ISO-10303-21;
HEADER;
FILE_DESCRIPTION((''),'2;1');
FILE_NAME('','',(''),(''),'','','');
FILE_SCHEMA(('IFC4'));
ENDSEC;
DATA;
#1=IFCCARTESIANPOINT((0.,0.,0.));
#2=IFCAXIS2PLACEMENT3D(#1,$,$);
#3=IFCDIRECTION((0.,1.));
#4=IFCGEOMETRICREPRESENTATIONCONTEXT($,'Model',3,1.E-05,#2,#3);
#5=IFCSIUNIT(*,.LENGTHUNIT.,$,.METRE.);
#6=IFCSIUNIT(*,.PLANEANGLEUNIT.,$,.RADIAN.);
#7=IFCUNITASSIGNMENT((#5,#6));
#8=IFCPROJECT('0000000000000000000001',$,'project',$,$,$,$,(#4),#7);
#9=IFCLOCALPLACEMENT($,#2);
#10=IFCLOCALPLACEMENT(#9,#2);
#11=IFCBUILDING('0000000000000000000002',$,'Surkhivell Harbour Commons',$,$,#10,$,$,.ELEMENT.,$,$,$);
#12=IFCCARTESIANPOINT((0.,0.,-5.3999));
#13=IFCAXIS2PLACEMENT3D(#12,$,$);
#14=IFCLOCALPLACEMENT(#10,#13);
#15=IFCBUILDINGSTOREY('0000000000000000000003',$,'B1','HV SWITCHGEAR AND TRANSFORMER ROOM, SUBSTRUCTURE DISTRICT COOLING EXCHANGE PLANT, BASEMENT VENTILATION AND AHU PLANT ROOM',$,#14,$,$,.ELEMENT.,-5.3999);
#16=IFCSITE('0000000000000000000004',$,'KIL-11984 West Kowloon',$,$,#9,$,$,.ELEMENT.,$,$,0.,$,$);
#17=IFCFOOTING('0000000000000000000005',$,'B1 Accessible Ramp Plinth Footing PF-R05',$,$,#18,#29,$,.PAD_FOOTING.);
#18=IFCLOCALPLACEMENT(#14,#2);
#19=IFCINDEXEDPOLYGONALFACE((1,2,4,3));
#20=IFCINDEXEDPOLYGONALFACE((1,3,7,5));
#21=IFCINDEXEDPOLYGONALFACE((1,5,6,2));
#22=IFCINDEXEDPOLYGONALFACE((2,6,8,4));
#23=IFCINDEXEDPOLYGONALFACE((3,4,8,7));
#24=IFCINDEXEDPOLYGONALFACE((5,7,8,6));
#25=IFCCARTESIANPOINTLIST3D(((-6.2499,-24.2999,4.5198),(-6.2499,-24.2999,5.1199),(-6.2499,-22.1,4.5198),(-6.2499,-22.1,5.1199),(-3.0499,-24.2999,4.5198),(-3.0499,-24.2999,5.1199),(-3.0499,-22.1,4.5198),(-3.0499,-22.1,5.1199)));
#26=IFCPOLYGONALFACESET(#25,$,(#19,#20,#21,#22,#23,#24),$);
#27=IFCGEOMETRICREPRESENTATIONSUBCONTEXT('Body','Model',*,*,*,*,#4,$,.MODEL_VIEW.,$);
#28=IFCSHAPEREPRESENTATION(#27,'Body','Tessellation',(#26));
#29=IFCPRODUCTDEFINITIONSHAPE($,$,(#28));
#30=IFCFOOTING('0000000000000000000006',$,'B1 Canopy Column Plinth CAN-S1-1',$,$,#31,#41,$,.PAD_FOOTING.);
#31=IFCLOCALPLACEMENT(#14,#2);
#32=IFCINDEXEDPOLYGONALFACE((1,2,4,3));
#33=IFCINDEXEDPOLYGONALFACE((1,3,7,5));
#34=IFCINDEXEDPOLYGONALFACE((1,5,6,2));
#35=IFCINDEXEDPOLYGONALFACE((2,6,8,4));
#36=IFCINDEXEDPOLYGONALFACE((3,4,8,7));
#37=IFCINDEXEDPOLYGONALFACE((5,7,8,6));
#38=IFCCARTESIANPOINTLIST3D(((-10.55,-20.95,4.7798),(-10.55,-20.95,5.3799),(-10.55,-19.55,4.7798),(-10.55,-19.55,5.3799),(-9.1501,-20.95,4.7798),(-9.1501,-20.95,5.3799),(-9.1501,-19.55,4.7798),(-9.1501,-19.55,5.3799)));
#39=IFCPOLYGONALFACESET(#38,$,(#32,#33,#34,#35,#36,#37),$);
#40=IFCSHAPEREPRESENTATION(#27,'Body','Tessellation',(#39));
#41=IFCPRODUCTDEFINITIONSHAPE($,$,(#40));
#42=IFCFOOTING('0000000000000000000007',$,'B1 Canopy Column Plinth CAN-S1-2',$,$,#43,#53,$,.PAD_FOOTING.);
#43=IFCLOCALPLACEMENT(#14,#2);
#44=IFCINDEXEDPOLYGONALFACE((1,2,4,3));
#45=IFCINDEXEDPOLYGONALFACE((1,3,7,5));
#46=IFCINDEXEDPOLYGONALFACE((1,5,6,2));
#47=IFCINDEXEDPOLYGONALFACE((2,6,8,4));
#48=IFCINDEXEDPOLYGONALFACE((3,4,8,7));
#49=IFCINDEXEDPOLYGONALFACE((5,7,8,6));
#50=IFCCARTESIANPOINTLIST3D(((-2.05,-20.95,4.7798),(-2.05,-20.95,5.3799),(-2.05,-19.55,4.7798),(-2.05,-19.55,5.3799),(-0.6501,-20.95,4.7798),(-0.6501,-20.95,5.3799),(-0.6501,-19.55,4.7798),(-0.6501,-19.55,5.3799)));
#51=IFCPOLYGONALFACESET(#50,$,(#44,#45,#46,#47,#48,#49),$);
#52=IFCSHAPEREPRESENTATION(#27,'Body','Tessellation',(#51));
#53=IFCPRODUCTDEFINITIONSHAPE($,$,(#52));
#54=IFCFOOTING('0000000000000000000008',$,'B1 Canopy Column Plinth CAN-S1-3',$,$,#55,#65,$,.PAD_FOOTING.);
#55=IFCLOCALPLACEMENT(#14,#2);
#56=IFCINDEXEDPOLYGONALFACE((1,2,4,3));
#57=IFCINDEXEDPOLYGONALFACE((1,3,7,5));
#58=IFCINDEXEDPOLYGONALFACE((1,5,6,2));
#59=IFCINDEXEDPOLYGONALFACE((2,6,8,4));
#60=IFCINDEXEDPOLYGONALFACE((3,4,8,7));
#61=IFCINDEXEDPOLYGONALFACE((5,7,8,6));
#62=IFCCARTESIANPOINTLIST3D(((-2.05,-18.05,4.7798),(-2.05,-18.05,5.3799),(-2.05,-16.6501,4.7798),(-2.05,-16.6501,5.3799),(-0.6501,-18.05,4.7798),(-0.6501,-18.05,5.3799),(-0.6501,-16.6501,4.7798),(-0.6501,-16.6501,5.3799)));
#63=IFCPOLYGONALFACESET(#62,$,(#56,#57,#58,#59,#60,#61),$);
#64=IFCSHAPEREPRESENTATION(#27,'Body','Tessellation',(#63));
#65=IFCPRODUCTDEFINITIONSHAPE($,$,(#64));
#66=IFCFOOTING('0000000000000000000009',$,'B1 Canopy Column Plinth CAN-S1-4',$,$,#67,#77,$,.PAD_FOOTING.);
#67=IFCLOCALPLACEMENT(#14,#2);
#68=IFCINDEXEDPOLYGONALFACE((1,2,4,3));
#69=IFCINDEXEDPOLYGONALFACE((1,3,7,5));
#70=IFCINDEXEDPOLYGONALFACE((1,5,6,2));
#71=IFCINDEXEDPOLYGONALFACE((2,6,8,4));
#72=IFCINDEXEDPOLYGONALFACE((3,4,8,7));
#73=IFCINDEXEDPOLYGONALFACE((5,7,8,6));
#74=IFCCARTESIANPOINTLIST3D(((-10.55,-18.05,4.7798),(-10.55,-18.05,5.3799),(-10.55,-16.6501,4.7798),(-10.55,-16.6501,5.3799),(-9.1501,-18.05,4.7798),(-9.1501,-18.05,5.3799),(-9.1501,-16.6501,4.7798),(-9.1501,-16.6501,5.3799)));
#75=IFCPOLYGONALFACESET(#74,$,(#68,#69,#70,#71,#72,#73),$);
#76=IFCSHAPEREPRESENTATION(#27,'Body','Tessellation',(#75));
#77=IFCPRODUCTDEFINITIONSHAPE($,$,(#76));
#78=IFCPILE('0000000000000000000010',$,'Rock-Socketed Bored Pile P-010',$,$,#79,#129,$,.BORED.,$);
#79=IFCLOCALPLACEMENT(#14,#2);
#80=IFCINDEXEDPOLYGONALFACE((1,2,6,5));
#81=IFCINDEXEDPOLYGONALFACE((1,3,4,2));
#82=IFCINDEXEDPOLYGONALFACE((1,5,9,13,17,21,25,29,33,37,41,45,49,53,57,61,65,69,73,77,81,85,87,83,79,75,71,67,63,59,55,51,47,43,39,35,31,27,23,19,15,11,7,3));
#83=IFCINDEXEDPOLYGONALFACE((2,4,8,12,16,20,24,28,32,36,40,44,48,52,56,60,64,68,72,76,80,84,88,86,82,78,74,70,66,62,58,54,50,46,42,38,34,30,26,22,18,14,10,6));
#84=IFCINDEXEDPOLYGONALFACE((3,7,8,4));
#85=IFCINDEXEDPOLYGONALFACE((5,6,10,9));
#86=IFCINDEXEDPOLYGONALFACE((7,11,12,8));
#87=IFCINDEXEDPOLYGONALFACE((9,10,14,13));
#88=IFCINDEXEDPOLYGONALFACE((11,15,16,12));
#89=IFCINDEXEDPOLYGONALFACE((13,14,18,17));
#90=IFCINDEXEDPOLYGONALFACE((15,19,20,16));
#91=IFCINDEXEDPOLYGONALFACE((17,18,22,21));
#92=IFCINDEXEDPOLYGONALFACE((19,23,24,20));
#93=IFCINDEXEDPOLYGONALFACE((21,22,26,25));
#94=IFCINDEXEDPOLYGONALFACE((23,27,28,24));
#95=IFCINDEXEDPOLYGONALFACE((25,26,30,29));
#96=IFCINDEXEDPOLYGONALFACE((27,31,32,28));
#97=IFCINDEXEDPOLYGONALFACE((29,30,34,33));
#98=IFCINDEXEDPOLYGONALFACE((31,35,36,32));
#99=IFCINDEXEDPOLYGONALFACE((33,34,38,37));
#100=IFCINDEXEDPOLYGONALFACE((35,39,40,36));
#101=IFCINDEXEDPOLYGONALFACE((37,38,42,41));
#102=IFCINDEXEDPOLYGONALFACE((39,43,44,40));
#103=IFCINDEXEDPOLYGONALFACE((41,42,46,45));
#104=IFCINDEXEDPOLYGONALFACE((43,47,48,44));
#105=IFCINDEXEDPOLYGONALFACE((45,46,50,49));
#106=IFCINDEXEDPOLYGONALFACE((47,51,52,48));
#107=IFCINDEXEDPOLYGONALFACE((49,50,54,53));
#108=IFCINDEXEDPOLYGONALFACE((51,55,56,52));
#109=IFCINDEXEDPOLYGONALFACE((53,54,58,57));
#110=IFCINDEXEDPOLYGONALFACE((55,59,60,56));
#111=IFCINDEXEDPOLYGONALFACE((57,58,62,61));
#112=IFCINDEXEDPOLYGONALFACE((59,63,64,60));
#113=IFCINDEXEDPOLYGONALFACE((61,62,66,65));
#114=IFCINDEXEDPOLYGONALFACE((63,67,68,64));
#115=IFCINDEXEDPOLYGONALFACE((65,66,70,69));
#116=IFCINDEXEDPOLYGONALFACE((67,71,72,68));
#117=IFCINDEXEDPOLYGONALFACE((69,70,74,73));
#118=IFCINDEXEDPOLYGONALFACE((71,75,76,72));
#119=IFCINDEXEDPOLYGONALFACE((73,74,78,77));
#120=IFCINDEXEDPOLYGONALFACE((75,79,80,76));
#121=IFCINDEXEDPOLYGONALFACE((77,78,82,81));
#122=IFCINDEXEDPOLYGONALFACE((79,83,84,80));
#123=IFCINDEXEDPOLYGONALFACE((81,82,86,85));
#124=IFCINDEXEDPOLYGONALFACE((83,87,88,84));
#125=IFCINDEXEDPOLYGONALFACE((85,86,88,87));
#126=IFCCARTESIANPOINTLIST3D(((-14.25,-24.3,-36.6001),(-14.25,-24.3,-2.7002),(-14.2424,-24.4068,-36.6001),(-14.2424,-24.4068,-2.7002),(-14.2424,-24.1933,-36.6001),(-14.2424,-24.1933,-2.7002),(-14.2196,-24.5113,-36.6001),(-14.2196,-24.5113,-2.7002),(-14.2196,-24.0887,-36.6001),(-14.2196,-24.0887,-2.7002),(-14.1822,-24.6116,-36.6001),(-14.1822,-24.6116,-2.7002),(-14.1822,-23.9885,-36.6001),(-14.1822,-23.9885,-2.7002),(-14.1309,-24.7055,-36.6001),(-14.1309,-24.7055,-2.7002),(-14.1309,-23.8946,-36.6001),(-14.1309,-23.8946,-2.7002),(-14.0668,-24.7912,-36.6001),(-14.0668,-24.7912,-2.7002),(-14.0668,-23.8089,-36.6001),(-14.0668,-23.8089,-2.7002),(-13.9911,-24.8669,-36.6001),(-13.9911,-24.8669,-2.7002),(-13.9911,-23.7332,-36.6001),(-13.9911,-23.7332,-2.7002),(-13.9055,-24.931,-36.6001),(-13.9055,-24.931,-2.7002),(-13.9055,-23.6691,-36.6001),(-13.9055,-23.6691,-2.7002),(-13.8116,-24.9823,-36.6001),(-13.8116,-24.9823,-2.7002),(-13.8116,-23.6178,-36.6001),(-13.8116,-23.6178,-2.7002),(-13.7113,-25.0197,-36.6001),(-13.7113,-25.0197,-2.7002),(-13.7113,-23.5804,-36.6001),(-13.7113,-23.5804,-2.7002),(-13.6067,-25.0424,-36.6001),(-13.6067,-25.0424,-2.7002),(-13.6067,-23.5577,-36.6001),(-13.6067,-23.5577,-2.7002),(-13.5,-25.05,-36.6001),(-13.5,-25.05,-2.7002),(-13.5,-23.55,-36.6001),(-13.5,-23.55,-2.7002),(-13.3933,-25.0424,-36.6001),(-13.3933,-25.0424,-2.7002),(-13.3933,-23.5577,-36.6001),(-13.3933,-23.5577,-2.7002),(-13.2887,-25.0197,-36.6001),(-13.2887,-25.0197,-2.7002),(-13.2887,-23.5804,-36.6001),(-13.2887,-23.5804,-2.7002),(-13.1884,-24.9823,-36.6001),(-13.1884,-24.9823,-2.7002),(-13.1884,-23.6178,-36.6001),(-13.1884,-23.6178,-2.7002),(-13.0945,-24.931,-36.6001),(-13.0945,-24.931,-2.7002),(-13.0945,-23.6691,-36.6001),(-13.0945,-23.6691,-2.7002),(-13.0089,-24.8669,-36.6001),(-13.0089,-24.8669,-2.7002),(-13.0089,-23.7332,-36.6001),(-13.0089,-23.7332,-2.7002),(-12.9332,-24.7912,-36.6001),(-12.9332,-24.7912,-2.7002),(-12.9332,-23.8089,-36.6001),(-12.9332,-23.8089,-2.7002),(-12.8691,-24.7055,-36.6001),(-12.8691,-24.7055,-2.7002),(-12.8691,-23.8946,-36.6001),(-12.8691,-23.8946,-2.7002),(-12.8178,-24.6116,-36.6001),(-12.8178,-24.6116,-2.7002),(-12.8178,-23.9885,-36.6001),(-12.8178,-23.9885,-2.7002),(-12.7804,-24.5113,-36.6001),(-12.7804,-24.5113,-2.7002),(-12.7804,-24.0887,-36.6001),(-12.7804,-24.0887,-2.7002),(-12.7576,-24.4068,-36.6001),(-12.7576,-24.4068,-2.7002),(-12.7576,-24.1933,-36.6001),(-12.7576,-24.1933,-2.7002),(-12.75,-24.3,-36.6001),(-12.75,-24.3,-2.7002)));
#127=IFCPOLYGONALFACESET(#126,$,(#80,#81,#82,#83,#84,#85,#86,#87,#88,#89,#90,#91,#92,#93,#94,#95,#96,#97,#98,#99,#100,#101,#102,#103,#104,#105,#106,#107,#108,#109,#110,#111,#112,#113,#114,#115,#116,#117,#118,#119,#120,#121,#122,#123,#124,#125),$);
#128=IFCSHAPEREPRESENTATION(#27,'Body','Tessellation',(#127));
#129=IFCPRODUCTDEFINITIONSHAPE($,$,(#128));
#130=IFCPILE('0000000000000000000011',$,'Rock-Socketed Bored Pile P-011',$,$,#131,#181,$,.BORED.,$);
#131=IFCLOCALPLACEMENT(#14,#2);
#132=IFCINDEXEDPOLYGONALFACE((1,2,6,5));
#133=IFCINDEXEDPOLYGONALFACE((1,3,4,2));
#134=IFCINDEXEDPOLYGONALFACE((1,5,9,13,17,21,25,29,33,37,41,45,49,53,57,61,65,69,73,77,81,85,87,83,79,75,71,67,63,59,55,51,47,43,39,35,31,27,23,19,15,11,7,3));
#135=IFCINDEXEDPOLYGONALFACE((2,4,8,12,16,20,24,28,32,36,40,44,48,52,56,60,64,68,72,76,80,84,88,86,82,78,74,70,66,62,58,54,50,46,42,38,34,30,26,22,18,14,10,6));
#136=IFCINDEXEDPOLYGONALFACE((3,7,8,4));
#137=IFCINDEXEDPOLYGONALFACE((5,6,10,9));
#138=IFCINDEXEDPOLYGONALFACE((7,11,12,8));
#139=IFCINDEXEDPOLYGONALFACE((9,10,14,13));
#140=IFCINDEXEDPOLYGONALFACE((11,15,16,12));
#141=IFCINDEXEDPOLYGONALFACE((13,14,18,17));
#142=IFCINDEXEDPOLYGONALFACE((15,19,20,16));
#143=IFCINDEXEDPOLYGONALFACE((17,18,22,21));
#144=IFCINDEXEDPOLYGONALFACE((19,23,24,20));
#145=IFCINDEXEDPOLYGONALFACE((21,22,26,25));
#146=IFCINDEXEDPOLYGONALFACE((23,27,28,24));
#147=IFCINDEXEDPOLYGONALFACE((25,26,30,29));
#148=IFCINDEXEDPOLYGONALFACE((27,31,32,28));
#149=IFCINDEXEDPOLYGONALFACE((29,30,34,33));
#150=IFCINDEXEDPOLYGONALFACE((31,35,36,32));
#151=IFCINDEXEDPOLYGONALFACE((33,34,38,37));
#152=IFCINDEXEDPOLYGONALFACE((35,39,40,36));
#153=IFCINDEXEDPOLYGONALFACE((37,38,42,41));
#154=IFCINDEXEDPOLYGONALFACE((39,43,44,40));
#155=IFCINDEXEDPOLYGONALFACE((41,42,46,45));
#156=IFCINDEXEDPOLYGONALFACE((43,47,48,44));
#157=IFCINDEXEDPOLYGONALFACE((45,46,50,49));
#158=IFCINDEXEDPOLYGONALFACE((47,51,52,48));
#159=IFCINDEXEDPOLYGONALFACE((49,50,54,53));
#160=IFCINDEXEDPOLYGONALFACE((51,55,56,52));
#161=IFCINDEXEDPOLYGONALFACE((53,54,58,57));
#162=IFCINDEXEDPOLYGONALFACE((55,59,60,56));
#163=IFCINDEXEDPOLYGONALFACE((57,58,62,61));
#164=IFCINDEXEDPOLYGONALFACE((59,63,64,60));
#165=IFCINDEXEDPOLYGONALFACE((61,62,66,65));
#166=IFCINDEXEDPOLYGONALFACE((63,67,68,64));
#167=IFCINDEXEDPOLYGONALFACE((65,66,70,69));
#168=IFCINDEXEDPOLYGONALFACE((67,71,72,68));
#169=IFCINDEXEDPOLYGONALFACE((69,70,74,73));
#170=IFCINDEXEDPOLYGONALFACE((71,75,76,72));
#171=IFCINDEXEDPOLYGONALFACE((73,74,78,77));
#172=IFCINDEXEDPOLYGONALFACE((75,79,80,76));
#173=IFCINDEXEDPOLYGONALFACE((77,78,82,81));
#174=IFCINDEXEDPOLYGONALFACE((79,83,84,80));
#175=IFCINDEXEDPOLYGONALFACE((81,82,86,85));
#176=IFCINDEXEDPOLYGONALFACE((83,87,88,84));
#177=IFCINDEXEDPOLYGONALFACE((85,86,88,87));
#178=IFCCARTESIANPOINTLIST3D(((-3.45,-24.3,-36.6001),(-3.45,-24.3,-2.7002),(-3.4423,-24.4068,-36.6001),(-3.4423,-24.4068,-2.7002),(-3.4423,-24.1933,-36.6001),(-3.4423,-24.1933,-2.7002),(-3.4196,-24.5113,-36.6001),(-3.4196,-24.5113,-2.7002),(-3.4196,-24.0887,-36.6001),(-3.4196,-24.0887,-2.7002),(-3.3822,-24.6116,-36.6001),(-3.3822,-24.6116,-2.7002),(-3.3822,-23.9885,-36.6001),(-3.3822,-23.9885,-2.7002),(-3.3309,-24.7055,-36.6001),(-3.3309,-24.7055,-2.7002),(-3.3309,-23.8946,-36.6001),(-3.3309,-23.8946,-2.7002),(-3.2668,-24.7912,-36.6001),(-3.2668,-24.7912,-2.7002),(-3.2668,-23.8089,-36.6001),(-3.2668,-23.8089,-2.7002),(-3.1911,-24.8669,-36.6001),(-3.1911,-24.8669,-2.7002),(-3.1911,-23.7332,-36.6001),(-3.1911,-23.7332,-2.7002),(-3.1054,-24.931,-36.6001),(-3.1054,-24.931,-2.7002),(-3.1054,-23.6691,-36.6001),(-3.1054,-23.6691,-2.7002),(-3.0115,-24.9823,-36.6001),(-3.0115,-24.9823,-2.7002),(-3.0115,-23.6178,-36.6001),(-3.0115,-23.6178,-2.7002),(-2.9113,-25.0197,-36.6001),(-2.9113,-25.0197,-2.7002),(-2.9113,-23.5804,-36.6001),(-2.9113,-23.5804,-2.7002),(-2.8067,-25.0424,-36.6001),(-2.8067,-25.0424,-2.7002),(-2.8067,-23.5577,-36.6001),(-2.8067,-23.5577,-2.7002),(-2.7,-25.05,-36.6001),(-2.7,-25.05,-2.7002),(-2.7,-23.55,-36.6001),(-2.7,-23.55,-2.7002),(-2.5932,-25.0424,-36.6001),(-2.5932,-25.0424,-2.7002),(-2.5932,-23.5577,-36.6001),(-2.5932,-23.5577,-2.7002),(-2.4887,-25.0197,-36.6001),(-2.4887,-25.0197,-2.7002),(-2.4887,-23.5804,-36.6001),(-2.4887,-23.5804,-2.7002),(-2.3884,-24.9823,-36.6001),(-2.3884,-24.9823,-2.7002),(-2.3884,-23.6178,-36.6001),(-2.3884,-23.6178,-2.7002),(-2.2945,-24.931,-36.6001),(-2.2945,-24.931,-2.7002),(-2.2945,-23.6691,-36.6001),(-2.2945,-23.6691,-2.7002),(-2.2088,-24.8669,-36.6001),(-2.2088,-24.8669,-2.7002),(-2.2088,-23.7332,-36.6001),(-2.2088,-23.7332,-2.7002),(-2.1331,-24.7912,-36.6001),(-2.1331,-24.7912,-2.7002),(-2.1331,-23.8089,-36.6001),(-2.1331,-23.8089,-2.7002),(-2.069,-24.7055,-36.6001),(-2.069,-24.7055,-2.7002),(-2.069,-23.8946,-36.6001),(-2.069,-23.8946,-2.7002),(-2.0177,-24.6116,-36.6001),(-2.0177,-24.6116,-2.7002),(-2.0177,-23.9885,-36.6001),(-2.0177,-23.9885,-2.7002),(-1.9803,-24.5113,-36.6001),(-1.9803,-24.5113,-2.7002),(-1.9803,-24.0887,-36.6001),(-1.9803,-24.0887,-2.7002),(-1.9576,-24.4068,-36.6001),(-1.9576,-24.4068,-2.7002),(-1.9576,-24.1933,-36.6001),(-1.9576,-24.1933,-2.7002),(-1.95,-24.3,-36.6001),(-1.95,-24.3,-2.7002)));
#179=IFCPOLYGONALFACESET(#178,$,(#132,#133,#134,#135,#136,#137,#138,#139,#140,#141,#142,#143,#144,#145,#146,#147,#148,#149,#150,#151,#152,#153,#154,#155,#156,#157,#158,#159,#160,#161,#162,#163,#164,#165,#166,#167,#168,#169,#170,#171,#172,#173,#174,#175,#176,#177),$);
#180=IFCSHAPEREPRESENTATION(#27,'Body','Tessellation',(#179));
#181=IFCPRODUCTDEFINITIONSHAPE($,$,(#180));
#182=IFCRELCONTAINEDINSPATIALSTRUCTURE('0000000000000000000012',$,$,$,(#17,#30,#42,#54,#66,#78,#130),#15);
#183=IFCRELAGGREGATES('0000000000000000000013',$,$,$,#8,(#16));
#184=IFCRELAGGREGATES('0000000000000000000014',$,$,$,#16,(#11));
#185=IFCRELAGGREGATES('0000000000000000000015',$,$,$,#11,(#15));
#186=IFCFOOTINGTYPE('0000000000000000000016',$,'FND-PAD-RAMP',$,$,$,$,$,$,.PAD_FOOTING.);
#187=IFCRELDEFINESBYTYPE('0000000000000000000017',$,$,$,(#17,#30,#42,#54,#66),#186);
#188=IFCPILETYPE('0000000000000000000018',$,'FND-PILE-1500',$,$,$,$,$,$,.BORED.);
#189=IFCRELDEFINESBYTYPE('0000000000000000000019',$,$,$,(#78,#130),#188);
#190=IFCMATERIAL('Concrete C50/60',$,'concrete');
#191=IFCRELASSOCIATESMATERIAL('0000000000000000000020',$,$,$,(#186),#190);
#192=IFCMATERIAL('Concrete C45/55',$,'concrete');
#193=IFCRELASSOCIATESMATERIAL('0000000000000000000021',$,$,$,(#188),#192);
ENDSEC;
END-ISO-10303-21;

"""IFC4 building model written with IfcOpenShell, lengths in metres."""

from ifc_helpers import new_model, si_unit, direction, frame, origin, origin_2d, place, context, subcontext, project, spatial, rectangle, circle, extrude, material, material_profile, profile_set, type_object, element, save


model = new_model("IFC4")

# Units and contexts
model_context = context("Model", 3, precision=1e-05, world=origin(), true_north=direction((0.0, 1.0)))
body_context = subcontext(model_context, "Body", "Model", "MODEL_VIEW")
ifc_project = project(units=[si_unit("LENGTHUNIT", "METRE"), si_unit("PLANEANGLEUNIT", "RADIAN")], contexts=[model_context])

# Site, building, storey
site_placement = place(None, origin())
site = spatial("IfcSite", under=ifc_project, at=site_placement, Name="KIL-11984 West Kowloon", CompositionType="ELEMENT", RefElevation=0.0)
building_placement = place(site_placement, origin())
building = spatial("IfcBuilding", under=site, at=building_placement, Name="Surkhivell Harbour Commons", CompositionType="ELEMENT")
storey_placement = place(building_placement, frame((0.0, 0.0, -5.3999)))
storey = spatial("IfcBuildingStorey", under=building, at=storey_placement, Name="B1", Description="HV SWITCHGEAR AND TRANSFORMER ROOM, SUBSTRUCTURE DISTRICT COOLING EXCHANGE PLANT, BASEMENT VENTILATION AND AHU PLANT ROOM", CompositionType="ELEMENT", Elevation=-5.3999)

# Footings
ifc_material_1 = material(Name="Concrete C50/60", Category="concrete")
footing_type = type_object("IfcFootingType", Name="FND-PAD-RAMP", PredefinedType="PAD_FOOTING", material=ifc_material_1)
footing_placement = place(storey_placement, frame((-4.6499, -23.2, 4.5198), z_axis=(0.0, 0.0, 1.0), x_axis=(1.0, 0.0, 0.0)))
element("IfcFooting", 1, at=footing_placement, inside=storey, type_object=footing_type, Name="B1 Accessible Ramp Plinth Footing PF-R05", PredefinedType="PAD_FOOTING", context=body_context, shape_type="SweptSolid", body=[
    extrude(rectangle(XDim=3.2, YDim=2.2, at=origin_2d()), origin(), (0.0, 0.0, 1.0), 0.6001),
])
for number, where, z_axis, x_axis, name in (
    (2, (-9.8501, -20.25, 4.7798), (0.0, 0.0, 1.0), (1.0, 0.0, 0.0), "B1 Canopy Column Plinth CAN-S1-1"),
    (3, (-1.3501, -20.25, 4.7798), (0.0, 0.0, 1.0), (1.0, 0.0, 0.0), "B1 Canopy Column Plinth CAN-S1-2"),
    (4, (-1.3501, -17.3501, 4.7798), (0.0, 0.0, 1.0), (1.0, 0.0, 0.0), "B1 Canopy Column Plinth CAN-S1-3"),
    (5, (-9.8501, -17.3501, 4.7798), (0.0, 0.0, 1.0), (1.0, 0.0, 0.0), "B1 Canopy Column Plinth CAN-S1-4"),
):
    element("IfcFooting", number, at=place(storey_placement, frame(where, z_axis=z_axis, x_axis=x_axis)), inside=storey, type_object=footing_type, Name=name, PredefinedType="PAD_FOOTING", context=body_context, shape_type="SweptSolid", body=[
        extrude(rectangle(XDim=1.3999, YDim=1.3999, at=origin_2d()), origin(), (0.0, 0.0, 1.0), 0.6001),
    ])

# Piles
ifc_material_2 = material(Name="Concrete C45/55", Category="concrete")
ifc_material_profile_1 = material_profile(ifc_material_2, circle(Radius=0.75, at=origin_2d()), Name="PILE-1500")
ifc_profile_set_1 = profile_set([ifc_material_profile_1], Name="Concrete C45/55")
pile_type_1 = type_object("IfcPileType", Name="FND-PILE-1500", PredefinedType="BORED", material=ifc_profile_set_1)
for number, where, z_axis, x_axis, name in (
    (6, (-13.5, -24.3, -2.7002), (0.0, 0.0, -1.0), (1.0, 0.0, 0.0), "Rock-Socketed Bored Pile P-010"),
    (7, (-2.7, -24.3, -2.7002), (0.0, 0.0, -1.0), (1.0, 0.0, 0.0), "Rock-Socketed Bored Pile P-011"),
):
    element("IfcPile", number, at=place(storey_placement, frame(where, z_axis=z_axis, x_axis=x_axis)), inside=storey, type_object=pile_type_1, Name=name, PredefinedType="BORED", context=body_context, shape_type="SweptSolid", body=[
        extrude(circle(Radius=0.75, at=origin_2d()), origin(), (0.0, 0.0, 1.0), 33.8999),
    ])

save(model, "model.ifc")
